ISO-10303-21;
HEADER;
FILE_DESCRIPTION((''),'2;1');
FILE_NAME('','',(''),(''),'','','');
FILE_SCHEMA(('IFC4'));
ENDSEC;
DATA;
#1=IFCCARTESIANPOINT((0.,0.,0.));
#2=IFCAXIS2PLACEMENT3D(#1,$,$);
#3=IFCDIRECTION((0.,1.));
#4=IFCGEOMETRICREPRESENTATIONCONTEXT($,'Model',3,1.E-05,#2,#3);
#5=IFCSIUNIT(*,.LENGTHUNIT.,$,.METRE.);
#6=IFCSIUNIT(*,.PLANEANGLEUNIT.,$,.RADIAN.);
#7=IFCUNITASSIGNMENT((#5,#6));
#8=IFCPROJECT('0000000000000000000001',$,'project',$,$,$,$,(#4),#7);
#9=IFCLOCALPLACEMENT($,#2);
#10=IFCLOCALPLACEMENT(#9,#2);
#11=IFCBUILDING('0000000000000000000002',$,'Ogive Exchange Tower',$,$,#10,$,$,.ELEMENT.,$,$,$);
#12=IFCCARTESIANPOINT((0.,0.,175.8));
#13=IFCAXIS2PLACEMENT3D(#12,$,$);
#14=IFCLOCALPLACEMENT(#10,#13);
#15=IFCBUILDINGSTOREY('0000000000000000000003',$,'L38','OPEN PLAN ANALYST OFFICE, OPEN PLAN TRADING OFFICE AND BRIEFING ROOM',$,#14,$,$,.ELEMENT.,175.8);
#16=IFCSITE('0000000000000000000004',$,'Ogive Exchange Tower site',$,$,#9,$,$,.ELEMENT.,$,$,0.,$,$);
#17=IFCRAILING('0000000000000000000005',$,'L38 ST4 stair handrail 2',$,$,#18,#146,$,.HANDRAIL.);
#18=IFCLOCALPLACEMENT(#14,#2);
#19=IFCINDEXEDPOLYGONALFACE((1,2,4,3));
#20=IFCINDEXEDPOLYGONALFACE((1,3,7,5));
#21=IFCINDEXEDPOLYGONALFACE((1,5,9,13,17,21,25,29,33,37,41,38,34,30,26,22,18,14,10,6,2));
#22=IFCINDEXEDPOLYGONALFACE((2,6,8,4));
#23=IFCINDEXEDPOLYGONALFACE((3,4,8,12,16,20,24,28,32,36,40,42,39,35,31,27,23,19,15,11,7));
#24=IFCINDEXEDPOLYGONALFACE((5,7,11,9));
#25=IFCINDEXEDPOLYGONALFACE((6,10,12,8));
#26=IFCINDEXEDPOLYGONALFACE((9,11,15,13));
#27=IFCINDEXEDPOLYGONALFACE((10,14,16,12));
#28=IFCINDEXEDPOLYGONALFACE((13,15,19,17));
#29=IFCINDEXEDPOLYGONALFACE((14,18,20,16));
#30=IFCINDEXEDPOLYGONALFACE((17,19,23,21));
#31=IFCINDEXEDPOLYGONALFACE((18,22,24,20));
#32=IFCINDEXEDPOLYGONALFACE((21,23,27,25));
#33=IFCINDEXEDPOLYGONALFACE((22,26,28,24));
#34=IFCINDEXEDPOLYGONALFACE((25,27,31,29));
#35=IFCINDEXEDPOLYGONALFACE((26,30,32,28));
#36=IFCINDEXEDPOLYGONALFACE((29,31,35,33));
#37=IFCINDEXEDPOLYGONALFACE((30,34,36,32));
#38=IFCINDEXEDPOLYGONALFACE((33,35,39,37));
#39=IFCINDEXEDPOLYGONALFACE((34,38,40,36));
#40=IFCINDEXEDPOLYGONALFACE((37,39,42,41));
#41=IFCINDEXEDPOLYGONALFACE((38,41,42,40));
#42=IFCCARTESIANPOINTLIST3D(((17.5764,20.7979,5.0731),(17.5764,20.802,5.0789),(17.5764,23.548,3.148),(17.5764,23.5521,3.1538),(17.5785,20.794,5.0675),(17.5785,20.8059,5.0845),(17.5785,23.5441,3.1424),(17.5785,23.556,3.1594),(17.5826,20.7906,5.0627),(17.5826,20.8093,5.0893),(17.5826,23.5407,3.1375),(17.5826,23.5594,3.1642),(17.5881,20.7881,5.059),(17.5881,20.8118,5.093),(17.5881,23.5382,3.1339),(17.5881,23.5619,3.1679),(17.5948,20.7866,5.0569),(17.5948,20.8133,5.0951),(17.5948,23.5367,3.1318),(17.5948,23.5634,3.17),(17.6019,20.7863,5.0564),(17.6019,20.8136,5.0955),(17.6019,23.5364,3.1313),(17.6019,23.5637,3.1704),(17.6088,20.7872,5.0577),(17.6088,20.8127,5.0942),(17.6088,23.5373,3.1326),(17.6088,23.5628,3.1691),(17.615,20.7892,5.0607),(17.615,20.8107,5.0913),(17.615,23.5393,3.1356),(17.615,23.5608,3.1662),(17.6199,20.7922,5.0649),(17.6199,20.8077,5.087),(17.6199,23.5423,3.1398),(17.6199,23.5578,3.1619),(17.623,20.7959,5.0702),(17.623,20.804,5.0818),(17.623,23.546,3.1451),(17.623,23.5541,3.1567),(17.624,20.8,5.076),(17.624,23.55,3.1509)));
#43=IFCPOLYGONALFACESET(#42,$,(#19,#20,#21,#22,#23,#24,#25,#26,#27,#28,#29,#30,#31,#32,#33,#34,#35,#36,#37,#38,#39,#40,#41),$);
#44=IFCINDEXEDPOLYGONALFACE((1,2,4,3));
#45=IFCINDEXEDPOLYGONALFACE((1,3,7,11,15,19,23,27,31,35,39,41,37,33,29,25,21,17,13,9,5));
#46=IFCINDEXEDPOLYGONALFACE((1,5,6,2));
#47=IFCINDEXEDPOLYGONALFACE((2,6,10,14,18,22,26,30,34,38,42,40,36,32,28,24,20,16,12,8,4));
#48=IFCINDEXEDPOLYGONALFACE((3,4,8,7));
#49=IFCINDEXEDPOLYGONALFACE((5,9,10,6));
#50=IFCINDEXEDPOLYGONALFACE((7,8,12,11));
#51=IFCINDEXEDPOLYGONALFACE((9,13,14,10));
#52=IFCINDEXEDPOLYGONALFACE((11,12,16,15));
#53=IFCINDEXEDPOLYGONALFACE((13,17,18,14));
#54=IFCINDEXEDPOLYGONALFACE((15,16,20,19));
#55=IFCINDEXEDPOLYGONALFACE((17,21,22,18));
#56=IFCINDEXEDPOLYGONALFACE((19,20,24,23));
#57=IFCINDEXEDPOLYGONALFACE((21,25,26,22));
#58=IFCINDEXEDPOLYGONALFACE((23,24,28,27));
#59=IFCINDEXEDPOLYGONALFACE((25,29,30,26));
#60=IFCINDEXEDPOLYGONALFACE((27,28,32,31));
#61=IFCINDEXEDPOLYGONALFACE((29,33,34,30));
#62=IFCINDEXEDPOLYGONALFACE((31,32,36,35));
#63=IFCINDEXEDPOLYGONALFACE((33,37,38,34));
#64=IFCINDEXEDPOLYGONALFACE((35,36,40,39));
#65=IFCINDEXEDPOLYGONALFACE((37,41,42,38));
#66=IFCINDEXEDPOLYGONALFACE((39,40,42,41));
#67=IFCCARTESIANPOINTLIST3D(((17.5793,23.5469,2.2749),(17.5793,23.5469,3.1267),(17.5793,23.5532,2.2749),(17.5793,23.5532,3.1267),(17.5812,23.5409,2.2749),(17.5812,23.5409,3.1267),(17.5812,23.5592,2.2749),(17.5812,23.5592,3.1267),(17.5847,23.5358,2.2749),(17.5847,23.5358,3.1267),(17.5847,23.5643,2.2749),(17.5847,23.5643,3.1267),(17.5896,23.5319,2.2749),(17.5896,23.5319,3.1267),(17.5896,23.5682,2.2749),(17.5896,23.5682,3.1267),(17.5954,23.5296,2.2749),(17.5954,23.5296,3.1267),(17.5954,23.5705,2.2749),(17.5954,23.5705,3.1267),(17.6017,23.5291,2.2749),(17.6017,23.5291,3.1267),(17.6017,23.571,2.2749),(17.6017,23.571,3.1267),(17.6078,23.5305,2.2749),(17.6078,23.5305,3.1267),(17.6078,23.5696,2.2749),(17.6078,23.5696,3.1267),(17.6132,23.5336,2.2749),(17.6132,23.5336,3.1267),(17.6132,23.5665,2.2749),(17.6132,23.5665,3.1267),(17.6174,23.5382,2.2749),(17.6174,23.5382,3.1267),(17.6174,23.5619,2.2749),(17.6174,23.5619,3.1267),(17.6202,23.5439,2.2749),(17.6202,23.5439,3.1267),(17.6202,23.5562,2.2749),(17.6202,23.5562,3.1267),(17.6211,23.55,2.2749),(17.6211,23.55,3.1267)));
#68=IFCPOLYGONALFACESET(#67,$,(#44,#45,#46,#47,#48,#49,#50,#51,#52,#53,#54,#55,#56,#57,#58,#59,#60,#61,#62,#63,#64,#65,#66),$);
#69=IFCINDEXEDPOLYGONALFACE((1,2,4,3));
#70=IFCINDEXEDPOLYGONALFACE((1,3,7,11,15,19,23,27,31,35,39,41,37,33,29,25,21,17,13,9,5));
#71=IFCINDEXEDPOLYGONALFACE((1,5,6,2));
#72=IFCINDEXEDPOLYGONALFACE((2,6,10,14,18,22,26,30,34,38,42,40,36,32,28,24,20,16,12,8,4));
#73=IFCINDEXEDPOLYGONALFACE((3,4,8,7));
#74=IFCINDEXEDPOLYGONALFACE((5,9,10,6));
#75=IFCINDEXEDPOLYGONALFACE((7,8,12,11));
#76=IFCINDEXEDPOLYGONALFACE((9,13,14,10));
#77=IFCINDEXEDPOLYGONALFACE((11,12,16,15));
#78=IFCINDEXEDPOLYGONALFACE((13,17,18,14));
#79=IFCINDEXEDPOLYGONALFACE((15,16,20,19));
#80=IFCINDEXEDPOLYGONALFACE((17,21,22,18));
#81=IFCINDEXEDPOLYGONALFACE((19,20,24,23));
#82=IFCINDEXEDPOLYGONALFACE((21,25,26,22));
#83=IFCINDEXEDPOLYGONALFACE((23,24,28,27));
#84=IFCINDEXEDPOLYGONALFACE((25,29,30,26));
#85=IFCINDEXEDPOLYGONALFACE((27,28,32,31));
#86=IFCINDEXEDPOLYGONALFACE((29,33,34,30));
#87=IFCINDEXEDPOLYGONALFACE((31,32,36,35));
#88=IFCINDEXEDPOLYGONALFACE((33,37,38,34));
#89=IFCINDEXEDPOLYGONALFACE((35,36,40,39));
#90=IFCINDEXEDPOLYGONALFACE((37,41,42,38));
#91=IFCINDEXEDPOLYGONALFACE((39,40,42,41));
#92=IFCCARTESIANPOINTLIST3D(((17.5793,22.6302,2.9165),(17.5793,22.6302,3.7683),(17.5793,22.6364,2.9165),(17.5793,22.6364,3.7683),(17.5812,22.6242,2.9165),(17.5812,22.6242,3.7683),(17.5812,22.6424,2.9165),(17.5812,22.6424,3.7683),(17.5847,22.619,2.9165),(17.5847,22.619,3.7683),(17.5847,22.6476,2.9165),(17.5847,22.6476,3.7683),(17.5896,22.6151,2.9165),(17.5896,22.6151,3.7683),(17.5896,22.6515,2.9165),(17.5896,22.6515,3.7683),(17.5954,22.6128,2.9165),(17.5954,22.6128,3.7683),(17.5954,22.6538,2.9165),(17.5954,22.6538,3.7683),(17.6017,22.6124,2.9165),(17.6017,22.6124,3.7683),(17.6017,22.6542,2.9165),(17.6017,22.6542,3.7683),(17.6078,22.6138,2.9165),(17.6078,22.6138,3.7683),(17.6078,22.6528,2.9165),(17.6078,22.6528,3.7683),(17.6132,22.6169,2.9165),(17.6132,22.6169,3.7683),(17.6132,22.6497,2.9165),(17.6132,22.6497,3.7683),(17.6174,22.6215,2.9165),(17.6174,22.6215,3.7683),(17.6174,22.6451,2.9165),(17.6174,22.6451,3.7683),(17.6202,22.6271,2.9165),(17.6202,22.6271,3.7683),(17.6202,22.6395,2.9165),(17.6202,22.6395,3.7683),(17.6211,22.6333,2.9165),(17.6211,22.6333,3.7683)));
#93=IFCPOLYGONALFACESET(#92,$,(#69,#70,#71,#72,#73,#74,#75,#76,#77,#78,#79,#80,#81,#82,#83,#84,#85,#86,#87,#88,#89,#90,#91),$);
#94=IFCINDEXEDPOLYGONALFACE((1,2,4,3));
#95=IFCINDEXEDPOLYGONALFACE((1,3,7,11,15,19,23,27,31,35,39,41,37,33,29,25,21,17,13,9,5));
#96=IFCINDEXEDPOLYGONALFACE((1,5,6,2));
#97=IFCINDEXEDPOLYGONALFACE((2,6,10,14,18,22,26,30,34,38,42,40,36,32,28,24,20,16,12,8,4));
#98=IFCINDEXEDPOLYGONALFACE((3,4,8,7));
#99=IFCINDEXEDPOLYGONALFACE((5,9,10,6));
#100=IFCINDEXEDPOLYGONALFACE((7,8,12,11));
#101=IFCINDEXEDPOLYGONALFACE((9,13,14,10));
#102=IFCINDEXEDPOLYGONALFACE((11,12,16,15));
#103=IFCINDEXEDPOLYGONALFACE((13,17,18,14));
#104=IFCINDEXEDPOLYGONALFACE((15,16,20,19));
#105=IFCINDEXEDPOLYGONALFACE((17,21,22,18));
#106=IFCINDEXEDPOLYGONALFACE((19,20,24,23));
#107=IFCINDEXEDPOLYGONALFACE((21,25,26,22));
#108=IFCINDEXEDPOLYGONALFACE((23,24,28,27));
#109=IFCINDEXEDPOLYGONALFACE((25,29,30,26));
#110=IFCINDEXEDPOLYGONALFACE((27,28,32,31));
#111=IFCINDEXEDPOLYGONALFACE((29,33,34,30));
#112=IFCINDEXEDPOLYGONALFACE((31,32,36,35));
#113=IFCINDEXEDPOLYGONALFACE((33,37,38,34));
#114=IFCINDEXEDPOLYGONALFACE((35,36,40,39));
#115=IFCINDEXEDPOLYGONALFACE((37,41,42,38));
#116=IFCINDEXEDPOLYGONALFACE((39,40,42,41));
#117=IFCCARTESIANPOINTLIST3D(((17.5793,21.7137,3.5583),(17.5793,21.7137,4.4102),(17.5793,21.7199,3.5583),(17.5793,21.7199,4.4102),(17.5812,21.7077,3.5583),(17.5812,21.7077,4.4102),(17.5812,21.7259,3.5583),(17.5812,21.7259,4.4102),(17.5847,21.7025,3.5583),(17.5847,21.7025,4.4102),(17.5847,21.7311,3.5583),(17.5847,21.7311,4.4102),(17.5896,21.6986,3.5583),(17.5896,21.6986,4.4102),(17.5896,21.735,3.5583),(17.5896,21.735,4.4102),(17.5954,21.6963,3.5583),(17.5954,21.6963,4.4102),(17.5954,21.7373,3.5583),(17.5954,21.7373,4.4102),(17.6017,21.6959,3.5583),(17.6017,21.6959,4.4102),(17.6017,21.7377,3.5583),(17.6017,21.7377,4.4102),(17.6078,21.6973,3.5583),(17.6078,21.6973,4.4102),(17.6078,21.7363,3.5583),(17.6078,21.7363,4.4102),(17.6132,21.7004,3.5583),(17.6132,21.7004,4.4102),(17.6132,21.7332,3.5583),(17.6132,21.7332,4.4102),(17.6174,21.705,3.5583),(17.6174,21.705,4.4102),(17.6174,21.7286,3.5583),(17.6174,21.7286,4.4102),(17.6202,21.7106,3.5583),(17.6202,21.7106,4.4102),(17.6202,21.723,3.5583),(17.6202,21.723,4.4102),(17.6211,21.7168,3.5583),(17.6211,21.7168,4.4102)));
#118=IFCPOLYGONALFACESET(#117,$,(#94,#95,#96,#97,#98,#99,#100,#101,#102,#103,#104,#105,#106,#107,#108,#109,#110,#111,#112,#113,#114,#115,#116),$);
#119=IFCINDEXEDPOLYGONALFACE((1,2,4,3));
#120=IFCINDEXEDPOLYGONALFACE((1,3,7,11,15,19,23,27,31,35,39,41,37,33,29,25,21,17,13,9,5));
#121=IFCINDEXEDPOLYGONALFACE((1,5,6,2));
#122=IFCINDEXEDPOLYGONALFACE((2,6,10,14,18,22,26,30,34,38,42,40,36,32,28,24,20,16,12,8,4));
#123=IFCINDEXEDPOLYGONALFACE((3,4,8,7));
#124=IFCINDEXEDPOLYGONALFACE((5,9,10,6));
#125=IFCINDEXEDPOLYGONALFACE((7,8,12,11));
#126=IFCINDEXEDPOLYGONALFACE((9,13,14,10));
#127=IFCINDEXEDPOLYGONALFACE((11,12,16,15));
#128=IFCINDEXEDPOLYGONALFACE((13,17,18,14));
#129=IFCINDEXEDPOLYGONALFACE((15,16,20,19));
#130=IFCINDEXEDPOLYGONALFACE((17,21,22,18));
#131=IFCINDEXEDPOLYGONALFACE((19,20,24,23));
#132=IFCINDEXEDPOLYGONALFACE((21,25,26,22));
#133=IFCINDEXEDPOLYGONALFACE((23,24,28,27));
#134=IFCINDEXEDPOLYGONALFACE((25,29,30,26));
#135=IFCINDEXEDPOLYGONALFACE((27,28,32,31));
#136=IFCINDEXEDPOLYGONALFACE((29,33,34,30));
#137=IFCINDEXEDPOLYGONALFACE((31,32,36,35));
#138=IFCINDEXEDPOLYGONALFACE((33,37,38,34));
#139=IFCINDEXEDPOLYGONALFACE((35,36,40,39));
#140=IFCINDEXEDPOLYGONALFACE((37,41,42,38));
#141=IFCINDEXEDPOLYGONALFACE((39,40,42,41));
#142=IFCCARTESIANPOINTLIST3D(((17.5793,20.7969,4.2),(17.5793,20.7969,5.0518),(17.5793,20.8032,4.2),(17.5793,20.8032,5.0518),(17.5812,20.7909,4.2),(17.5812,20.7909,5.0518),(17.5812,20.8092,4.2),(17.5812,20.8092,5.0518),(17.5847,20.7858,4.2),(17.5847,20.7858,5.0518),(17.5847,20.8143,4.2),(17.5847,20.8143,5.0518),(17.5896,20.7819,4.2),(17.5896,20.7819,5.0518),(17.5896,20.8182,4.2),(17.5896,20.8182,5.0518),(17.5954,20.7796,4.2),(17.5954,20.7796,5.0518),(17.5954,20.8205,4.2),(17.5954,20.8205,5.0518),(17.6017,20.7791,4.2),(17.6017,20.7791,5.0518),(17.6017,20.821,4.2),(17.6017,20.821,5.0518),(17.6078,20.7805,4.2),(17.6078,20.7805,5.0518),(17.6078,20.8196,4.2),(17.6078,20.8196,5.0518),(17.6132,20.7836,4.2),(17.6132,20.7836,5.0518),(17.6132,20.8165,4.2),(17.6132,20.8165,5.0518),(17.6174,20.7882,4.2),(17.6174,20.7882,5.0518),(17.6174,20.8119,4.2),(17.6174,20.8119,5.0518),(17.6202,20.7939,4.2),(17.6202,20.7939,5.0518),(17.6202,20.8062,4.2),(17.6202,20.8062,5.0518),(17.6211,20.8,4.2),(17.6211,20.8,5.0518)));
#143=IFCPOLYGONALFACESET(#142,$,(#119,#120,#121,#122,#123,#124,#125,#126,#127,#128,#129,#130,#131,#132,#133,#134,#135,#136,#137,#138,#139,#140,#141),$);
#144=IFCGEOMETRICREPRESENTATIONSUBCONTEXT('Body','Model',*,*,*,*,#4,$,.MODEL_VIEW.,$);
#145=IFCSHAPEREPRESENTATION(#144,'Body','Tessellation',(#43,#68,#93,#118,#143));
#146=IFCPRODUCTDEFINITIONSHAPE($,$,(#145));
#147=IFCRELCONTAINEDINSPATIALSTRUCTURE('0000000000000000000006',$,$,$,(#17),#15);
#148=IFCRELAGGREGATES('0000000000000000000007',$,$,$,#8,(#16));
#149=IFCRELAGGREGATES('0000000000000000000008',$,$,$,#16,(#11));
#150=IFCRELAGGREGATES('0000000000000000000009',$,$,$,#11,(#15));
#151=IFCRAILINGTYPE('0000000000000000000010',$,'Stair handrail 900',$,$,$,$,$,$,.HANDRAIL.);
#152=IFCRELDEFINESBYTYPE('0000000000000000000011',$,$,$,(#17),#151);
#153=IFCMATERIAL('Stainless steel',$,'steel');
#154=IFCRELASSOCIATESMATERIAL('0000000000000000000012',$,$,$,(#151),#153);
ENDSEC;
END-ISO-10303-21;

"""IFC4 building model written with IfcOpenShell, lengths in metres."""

from ifc_helpers import new_model, si_unit, direction, frame, origin, origin_2d, place, context, subcontext, project, spatial, circle, extrude, material, type_object, element, save


model = new_model("IFC4")

# Units and contexts
model_context = context("Model", 3, precision=1e-05, world=origin(), true_north=direction((0.0, 1.0)))
body_context = subcontext(model_context, "Body", "Model", "MODEL_VIEW")
ifc_project = project(units=[si_unit("LENGTHUNIT", "METRE"), si_unit("PLANEANGLEUNIT", "RADIAN")], contexts=[model_context])

# Site, building, storey
site_placement = place(None, origin())
site = spatial("IfcSite", under=ifc_project, at=site_placement, Name="Ogive Exchange Tower site", CompositionType="ELEMENT", RefElevation=0.0)
building_placement = place(site_placement, origin())
building = spatial("IfcBuilding", under=site, at=building_placement, Name="Ogive Exchange Tower", CompositionType="ELEMENT")
storey_placement = place(building_placement, frame((0.0, 0.0, 175.8)))
storey = spatial("IfcBuildingStorey", under=building, at=storey_placement, Name="L38", Description="OPEN PLAN ANALYST OFFICE, OPEN PLAN TRADING OFFICE AND BRIEFING ROOM", CompositionType="ELEMENT", Elevation=175.8)

# Railing
ifc_material_1 = material(Name="Stainless steel", Category="steel")
railing_type = type_object("IfcRailingType", Name="Stair handrail 900", PredefinedType="HANDRAIL", material=ifc_material_1)
railing_placement = place(storey_placement, frame((17.6001, 23.55, 2.2749)))
element("IfcRailing", 1, at=railing_placement, inside=storey, type_object=railing_type, Name="L38 ST4 stair handrail 2", PredefinedType="HANDRAIL", context=body_context, shape_type="SweptSolid", body=[
    extrude(circle(Radius=0.0239, at=origin_2d()), frame((0.0, 0.0, 0.876), z_axis=(0.0, -0.819225, 0.573472), x_axis=(1.0, 0.0, 0.0)), (0.0, 0.0, 1.0), 3.3569),
    extrude(circle(Radius=0.021, at=origin_2d()), origin(), (0.0, 0.0, 1.0), 0.8518),
    extrude(circle(Radius=0.021, at=origin_2d()), frame((0.0, -0.9167, 0.6416)), (0.0, 0.0, 1.0), 0.8518),
    extrude(circle(Radius=0.021, at=origin_2d()), frame((0.0, -1.8333, 1.2834)), (0.0, 0.0, 1.0), 0.8518),
    extrude(circle(Radius=0.021, at=origin_2d()), frame((0.0, -2.75, 1.925)), (0.0, 0.0, 1.0), 0.8518),
])

save(model, "model.ifc")
